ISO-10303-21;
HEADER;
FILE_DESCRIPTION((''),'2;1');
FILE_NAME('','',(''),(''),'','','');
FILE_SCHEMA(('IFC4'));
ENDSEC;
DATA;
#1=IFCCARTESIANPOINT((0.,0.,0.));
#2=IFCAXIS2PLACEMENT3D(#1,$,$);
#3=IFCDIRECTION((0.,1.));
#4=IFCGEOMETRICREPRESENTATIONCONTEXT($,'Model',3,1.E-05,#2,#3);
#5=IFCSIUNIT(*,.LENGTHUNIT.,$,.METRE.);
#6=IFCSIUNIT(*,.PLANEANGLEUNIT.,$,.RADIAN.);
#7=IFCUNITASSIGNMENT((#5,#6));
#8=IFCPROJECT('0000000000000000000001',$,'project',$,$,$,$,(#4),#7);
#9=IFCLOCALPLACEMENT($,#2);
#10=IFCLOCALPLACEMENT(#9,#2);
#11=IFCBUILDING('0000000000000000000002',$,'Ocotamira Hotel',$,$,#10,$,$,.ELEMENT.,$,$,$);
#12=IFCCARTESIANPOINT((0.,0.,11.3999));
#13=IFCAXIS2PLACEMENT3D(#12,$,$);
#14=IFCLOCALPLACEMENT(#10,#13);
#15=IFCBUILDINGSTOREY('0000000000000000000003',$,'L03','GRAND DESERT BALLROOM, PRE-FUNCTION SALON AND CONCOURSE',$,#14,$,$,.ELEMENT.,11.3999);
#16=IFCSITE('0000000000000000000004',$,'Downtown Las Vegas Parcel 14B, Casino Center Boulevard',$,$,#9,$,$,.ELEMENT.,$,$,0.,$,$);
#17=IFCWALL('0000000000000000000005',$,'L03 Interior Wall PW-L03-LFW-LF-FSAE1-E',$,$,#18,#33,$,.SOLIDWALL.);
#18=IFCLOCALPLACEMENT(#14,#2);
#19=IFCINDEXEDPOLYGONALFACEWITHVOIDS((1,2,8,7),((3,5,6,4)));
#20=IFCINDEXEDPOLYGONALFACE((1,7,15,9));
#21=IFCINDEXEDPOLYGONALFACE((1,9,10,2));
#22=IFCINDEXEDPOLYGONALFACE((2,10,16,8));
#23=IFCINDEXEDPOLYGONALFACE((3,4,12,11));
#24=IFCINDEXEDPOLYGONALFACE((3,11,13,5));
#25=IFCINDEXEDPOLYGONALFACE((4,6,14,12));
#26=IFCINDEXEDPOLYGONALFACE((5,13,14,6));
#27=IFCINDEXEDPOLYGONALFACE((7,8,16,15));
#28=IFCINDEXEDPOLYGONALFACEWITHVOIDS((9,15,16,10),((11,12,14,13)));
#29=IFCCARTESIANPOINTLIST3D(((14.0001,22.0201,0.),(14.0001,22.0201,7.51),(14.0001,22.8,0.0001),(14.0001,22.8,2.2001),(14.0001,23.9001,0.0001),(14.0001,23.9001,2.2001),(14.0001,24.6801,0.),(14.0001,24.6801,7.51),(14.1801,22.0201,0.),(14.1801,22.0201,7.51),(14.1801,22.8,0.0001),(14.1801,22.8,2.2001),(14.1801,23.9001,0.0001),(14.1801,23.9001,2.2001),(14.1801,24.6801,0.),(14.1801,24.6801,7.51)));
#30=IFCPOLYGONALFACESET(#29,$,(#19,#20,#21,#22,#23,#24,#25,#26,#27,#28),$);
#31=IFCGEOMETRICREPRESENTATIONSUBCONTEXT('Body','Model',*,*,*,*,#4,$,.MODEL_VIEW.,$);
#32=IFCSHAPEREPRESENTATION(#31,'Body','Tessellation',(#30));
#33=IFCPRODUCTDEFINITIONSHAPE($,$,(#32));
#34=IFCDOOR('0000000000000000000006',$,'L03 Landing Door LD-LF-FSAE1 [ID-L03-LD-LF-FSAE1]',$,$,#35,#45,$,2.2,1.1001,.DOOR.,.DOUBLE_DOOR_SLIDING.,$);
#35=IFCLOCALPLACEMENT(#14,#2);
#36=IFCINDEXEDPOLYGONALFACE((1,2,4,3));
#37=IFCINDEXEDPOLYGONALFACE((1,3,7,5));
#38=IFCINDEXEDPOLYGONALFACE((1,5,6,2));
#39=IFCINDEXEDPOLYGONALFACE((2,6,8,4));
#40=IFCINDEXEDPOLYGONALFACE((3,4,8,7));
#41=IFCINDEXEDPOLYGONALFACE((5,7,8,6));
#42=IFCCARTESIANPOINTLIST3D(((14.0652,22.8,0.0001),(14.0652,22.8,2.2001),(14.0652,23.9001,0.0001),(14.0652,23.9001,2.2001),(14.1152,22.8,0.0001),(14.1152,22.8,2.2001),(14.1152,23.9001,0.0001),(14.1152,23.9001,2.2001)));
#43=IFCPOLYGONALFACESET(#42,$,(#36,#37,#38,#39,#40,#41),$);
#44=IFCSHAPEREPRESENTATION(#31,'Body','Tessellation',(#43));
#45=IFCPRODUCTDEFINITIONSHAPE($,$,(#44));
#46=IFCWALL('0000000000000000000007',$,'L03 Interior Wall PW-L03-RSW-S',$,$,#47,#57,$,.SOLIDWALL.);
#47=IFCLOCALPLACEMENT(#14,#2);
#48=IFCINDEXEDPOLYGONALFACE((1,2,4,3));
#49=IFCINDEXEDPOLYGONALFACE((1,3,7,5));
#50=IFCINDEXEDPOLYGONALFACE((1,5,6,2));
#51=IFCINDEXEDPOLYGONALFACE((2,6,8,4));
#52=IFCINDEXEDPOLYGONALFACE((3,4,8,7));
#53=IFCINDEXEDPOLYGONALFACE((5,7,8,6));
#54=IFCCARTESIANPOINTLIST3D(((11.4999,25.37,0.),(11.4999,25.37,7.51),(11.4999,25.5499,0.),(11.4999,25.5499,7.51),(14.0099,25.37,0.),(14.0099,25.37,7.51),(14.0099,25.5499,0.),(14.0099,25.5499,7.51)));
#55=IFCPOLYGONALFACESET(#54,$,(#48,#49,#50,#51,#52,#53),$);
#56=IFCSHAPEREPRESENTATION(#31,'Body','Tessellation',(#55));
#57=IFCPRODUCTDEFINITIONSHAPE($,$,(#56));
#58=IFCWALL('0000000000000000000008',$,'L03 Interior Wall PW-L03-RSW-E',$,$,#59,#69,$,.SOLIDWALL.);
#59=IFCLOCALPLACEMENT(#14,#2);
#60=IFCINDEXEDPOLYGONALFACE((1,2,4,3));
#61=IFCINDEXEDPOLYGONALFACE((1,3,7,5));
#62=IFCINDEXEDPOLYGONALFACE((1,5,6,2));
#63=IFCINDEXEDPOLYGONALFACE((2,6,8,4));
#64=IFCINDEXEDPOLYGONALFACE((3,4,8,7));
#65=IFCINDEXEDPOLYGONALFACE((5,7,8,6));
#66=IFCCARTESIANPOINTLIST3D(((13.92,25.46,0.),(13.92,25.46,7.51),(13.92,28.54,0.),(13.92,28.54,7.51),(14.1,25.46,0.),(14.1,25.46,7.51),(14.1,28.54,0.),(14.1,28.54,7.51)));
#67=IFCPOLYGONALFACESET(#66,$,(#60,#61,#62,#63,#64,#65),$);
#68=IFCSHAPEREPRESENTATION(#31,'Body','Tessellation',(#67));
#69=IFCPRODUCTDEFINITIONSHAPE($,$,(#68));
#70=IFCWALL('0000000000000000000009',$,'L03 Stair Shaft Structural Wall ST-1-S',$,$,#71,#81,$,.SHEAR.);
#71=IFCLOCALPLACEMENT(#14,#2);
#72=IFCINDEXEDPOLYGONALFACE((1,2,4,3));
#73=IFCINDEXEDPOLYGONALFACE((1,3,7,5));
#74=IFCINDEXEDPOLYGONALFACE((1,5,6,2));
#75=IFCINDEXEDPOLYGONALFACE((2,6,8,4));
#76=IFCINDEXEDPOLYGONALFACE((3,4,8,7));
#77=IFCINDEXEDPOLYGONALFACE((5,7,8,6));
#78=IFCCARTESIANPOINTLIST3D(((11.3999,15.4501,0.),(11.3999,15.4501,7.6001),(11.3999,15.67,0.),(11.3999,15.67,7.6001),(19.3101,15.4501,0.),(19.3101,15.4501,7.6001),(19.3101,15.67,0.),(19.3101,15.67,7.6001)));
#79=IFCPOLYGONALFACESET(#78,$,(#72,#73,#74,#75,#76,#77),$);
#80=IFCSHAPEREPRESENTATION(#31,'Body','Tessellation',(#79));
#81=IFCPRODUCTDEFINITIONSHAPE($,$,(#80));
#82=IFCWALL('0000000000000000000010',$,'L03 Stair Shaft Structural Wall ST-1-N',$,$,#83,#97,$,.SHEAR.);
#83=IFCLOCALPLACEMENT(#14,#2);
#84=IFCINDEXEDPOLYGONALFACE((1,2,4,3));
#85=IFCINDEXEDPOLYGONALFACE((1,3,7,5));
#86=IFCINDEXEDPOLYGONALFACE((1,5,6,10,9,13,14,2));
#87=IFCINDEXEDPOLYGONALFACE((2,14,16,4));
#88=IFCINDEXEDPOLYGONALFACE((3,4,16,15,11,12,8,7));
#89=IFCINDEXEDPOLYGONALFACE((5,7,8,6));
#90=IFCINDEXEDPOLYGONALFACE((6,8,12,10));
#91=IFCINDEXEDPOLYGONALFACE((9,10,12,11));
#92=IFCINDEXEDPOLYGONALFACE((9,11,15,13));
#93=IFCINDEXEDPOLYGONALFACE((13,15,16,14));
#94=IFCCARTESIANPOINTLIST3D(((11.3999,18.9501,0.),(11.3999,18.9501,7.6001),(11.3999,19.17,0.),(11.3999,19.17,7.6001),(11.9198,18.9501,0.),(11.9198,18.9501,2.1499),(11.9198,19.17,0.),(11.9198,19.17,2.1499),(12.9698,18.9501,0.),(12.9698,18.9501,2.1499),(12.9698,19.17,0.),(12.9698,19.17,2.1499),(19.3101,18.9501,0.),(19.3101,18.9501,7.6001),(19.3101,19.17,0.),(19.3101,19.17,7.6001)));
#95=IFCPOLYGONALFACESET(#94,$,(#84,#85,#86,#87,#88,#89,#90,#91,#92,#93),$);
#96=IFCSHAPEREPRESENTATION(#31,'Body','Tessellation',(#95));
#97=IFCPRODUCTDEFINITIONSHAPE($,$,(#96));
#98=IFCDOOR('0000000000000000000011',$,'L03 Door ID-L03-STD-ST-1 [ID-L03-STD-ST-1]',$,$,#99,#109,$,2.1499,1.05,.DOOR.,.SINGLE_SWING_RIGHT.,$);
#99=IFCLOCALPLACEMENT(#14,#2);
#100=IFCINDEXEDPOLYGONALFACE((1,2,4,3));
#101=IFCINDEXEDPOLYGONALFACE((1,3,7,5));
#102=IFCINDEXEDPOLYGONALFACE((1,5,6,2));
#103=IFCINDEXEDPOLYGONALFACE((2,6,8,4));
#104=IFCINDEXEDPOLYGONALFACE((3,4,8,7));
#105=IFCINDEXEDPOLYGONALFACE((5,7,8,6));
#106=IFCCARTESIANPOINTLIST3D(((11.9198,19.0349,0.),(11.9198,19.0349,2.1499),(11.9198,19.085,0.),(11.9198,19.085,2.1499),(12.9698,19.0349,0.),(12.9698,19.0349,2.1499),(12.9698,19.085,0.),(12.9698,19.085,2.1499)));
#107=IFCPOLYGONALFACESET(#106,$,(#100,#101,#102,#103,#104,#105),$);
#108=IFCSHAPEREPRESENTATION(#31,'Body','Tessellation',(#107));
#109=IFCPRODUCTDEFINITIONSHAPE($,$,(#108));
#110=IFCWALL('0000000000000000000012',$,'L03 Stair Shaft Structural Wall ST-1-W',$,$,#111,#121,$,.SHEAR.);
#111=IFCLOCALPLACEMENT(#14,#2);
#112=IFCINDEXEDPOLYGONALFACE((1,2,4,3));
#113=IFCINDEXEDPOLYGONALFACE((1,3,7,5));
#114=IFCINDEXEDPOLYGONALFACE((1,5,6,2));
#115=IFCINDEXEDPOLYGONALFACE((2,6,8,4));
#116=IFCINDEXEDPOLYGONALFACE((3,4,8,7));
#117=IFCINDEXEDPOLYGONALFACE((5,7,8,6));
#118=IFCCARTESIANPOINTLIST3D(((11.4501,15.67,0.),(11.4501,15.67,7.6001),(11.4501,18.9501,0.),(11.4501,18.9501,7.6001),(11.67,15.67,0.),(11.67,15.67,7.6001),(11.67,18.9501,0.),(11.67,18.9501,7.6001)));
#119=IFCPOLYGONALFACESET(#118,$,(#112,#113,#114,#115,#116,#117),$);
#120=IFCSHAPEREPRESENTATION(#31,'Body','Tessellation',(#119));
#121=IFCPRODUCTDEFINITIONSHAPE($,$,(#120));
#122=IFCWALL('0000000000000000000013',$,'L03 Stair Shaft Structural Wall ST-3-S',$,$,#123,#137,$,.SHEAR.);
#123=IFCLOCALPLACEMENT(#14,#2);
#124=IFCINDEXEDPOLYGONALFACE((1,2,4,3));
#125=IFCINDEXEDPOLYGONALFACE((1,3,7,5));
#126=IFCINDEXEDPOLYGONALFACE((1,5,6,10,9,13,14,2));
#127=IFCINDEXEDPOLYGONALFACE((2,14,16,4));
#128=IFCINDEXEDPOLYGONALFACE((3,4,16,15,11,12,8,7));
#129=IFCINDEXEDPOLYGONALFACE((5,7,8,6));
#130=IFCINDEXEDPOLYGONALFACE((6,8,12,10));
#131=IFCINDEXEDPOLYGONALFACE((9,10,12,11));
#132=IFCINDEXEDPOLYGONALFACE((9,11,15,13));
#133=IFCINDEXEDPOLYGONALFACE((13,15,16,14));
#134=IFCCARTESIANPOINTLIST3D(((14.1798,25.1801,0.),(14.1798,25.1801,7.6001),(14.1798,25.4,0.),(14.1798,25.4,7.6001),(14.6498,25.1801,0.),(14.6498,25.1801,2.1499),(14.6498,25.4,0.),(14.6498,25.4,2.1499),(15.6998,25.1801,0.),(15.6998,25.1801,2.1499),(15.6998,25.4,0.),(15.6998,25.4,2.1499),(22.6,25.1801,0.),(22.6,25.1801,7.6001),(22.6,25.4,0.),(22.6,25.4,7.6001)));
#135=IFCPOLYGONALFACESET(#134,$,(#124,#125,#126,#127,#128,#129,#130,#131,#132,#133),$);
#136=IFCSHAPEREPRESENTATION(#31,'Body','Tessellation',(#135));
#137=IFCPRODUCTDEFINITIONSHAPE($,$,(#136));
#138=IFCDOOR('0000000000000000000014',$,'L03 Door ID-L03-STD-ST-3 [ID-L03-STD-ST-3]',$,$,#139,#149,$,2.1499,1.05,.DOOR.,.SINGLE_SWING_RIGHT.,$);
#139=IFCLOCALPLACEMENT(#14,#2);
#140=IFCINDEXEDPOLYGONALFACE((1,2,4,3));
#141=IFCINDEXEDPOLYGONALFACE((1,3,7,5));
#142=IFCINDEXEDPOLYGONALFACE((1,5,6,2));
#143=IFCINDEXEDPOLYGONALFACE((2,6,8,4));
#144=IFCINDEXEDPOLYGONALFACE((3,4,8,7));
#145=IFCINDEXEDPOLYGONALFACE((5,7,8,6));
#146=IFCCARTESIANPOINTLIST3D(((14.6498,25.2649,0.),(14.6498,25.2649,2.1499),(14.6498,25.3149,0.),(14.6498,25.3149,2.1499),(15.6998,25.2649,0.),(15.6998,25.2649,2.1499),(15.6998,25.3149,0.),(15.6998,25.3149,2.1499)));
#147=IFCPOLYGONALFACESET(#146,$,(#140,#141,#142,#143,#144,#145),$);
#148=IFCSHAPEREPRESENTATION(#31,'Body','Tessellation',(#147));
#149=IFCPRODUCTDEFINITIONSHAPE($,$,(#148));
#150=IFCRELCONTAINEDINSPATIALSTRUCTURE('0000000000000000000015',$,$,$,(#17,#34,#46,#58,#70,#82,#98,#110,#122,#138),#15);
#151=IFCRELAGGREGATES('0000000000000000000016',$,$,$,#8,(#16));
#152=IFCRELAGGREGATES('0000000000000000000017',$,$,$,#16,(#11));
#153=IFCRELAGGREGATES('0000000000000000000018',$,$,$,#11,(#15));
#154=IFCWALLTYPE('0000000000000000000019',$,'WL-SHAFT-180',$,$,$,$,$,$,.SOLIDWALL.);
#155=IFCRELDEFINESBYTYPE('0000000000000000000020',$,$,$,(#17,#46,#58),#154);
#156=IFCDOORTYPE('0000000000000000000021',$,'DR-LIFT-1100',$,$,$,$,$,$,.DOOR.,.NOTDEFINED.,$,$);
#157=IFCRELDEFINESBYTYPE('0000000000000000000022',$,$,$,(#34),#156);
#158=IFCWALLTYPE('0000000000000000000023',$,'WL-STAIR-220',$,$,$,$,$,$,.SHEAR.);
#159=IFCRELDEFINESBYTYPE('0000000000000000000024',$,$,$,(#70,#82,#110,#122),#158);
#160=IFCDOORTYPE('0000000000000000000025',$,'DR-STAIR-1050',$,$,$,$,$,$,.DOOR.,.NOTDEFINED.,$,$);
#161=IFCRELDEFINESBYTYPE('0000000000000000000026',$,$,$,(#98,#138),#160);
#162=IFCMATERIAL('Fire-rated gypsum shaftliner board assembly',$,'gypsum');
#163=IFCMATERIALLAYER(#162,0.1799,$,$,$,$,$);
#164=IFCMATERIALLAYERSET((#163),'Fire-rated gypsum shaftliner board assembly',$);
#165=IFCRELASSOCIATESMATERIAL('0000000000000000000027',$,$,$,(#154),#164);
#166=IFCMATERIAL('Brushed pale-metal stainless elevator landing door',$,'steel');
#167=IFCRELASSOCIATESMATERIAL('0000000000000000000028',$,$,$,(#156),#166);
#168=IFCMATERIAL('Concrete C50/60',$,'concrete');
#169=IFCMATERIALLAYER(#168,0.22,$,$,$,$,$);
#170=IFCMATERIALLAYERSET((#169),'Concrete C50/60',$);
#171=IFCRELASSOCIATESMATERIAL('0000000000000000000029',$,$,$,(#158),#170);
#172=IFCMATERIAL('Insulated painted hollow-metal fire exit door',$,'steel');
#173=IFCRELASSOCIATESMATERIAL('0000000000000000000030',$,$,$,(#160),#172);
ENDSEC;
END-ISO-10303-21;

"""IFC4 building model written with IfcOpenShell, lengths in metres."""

from ifc_helpers import new_model, si_unit, direction, frame, frame_2d, origin, place, context, subcontext, project, spatial, rectangle, extrude, source, transform, mapped, material, layer, layer_set, type_object, element, fill, save


model = new_model("IFC4")

# Units and contexts
model_context = context("Model", 3, precision=1e-05, world=origin(), true_north=direction((0.0, 1.0)))
body_context = subcontext(model_context, "Body", "Model", "MODEL_VIEW")
ifc_project = project(units=[si_unit("LENGTHUNIT", "METRE"), si_unit("PLANEANGLEUNIT", "RADIAN")], contexts=[model_context])

# Site, building, storey
site_placement = place(None, origin())
site = spatial("IfcSite", under=ifc_project, at=site_placement, Name="Downtown Las Vegas Parcel 14B, Casino Center Boulevard", CompositionType="ELEMENT", RefElevation=0.0)
building_placement = place(site_placement, origin())
building = spatial("IfcBuilding", under=site, at=building_placement, Name="Ocotamira Hotel", CompositionType="ELEMENT")
storey_placement = place(building_placement, frame((0.0, 0.0, 11.3999)))
storey = spatial("IfcBuildingStorey", under=building, at=storey_placement, Name="L03", Description="GRAND DESERT BALLROOM, PRE-FUNCTION SALON AND CONCOURSE", CompositionType="ELEMENT", Elevation=11.3999)

# Shared definitions
ifc_material_1 = material(Name="Concrete C50/60", Category="concrete")

# Shared definitions
ifc_material_2 = material(Name="Fire-rated gypsum shaftliner board assembly", Category="gypsum")
ifc_layer_1 = layer(ifc_material_2, 0.1799)
ifc_layer_set_1 = layer_set([ifc_layer_1], Name="Fire-rated gypsum shaftliner board assembly")
wall_type_1 = type_object("IfcWallType", Name="WL-SHAFT-180", PredefinedType="SOLIDWALL", material=ifc_layer_set_1)

# Wall, opening, door
wall_1_placement = place(storey_placement, frame((14.0901, 22.02, 0.0), z_axis=(0.0, 0.0, 1.0), x_axis=(0.0, 1.0, 0.0)))
wall_1 = element("IfcWall", 1, at=wall_1_placement, inside=storey, type_object=wall_type_1, Name="L03 Interior Wall PW-L03-LFW-LF-FSAE1-E", PredefinedType="SOLIDWALL", context=body_context, shape_type="SweptSolid", body=[
    extrude(rectangle(XDim=2.6599, YDim=0.1799, at=frame_2d((1.3301, 0.0))), origin(), (0.0, 0.0, 1.0), 7.51),
])
opening_1_placement = place(wall_1_placement, frame((0.78, 0.0, 0.0)))
opening_1 = element("IfcOpeningElement", 2, at=opening_1_placement, cuts=wall_1, PredefinedType="OPENING", context=body_context, shape_type="SweptSolid", body=[
    extrude(rectangle(XDim=1.1001, YDim=2.2, at=frame_2d((0.55, 1.1001))), frame((0.0, 0.1001, 0.0), z_axis=(0.0, -1.0, 0.0), x_axis=(1.0, 0.0, 0.0)), (0.0, 0.0, 1.0), 0.2),
])
ifc_material_3 = material(Name="Brushed pale-metal stainless elevator landing door", Category="steel")
door_type_1 = type_object("IfcDoorType", Name="DR-LIFT-1100", OperationType="NOTDEFINED", PredefinedType="DOOR", material=ifc_material_3)
shared_shape_1 = source(origin(), body_context, "Body", "SweptSolid", [
    extrude(rectangle(XDim=1.1001, YDim=2.2, at=frame_2d((0.55, 1.1001))), frame((0.0, 0.0249, 0.0), z_axis=(0.0, -1.0, 0.0), x_axis=(1.0, 0.0, 0.0)), (0.0, 0.0, 1.0), 0.05),
])
door_1_placement = place(opening_1_placement, origin())
door_1 = element("IfcDoor", 3, at=door_1_placement, inside=storey, type_object=door_type_1, Name="L03 Landing Door LD-LF-FSAE1 [ID-L03-LD-LF-FSAE1]", OperationType="DOUBLE_DOOR_SLIDING", OverallHeight=2.2, OverallWidth=1.1001, PredefinedType="DOOR", context=body_context, shape_type="MappedRepresentation", body=[
    mapped(shared_shape_1, transform((0.0, 0.0, 0.0), scale=1.0)),
])
fill(opening_1, door_1)

# Walls
wall_2_placement = place(storey_placement, frame((11.5, 25.46, 0.0), z_axis=(0.0, 0.0, 1.0), x_axis=(1.0, 0.0, 0.0)))
element("IfcWall", 4, at=wall_2_placement, inside=storey, type_object=wall_type_1, Name="L03 Interior Wall PW-L03-RSW-S", PredefinedType="SOLIDWALL", context=body_context, shape_type="SweptSolid", body=[
    extrude(rectangle(XDim=2.51, YDim=0.1799, at=frame_2d((1.2549, 0.0))), origin(), (0.0, 0.0, 1.0), 7.51),
])
wall_3_placement = place(storey_placement, frame((14.01, 25.46, 0.0), z_axis=(0.0, 0.0, 1.0), x_axis=(0.0, 1.0, 0.0)))
element("IfcWall", 5, at=wall_3_placement, inside=storey, type_object=wall_type_1, Name="L03 Interior Wall PW-L03-RSW-E", PredefinedType="SOLIDWALL", context=body_context, shape_type="SweptSolid", body=[
    extrude(rectangle(XDim=3.0801, YDim=0.1799, at=frame_2d((1.54, 0.0))), origin(), (0.0, 0.0, 1.0), 7.51),
])
ifc_layer_2 = layer(ifc_material_1, 0.22)
ifc_layer_set_2 = layer_set([ifc_layer_2], Name="Concrete C50/60")
wall_type_2 = type_object("IfcWallType", Name="WL-STAIR-220", PredefinedType="SHEAR", material=ifc_layer_set_2)
wall_4_placement = place(storey_placement, frame((11.3999, 15.5601, 0.0), z_axis=(0.0, 0.0, 1.0), x_axis=(1.0, 0.0, 0.0)))
element("IfcWall", 6, at=wall_4_placement, inside=storey, type_object=wall_type_2, Name="L03 Stair Shaft Structural Wall ST-1-S", PredefinedType="SHEAR", context=body_context, shape_type="SweptSolid", body=[
    extrude(rectangle(XDim=7.9102, YDim=0.22, at=frame_2d((3.9551, 0.0))), origin(), (0.0, 0.0, 1.0), 7.6001),
])

# Wall, opening, door
wall_5_placement = place(storey_placement, frame((11.3999, 19.0601, 0.0), z_axis=(0.0, 0.0, 1.0), x_axis=(1.0, 0.0, 0.0)))
wall_5 = element("IfcWall", 7, at=wall_5_placement, inside=storey, type_object=wall_type_2, Name="L03 Stair Shaft Structural Wall ST-1-N", PredefinedType="SHEAR", context=body_context, shape_type="SweptSolid", body=[
    extrude(rectangle(XDim=7.9102, YDim=0.22, at=frame_2d((3.9551, 0.0))), origin(), (0.0, 0.0, 1.0), 7.6001),
])
opening_2_placement = place(wall_5_placement, frame((0.52, 0.0, 0.0)))
opening_2 = element("IfcOpeningElement", 8, at=opening_2_placement, cuts=wall_5, PredefinedType="OPENING", context=body_context, shape_type="SweptSolid", body=[
    extrude(rectangle(XDim=1.05, YDim=2.1499, at=frame_2d((0.5249, 1.075))), frame((0.0, 0.1201, 0.0), z_axis=(0.0, -1.0, 0.0), x_axis=(1.0, 0.0, 0.0)), (0.0, 0.0, 1.0), 0.24),
])
ifc_material_4 = material(Name="Insulated painted hollow-metal fire exit door", Category="steel")
door_type_2 = type_object("IfcDoorType", Name="DR-STAIR-1050", OperationType="NOTDEFINED", PredefinedType="DOOR", material=ifc_material_4)
shared_shape_2 = source(origin(), body_context, "Body", "SweptSolid", [
    extrude(rectangle(XDim=1.05, YDim=2.1499, at=frame_2d((0.5249, 1.075))), frame((0.0, 0.0249, 0.0), z_axis=(0.0, -1.0, 0.0), x_axis=(1.0, 0.0, 0.0)), (0.0, 0.0, 1.0), 0.05),
])
door_2_placement = place(opening_2_placement, origin())
door_2 = element("IfcDoor", 9, at=door_2_placement, inside=storey, type_object=door_type_2, Name="L03 Door ID-L03-STD-ST-1 [ID-L03-STD-ST-1]", OperationType="SINGLE_SWING_RIGHT", OverallHeight=2.1499, OverallWidth=1.05, PredefinedType="DOOR", context=body_context, shape_type="MappedRepresentation", body=[
    mapped(shared_shape_2, transform((0.0, 0.0, 0.0), scale=1.0)),
])
fill(opening_2, door_2)

# Wall
wall_6_placement = place(storey_placement, frame((11.5601, 15.6699, 0.0), z_axis=(0.0, 0.0, 1.0), x_axis=(0.0, 1.0, 0.0)))
element("IfcWall", 10, at=wall_6_placement, inside=storey, type_object=wall_type_2, Name="L03 Stair Shaft Structural Wall ST-1-W", PredefinedType="SHEAR", context=body_context, shape_type="SweptSolid", body=[
    extrude(rectangle(XDim=3.28, YDim=0.22, at=frame_2d((1.6401, 0.0))), origin(), (0.0, 0.0, 1.0), 7.6001),
])

# Wall, opening, door
wall_7_placement = place(storey_placement, frame((14.1799, 25.29, 0.0), z_axis=(0.0, 0.0, 1.0), x_axis=(1.0, 0.0, 0.0)))
wall_7 = element("IfcWall", 11, at=wall_7_placement, inside=storey, type_object=wall_type_2, Name="L03 Stair Shaft Structural Wall ST-3-S", PredefinedType="SHEAR", context=body_context, shape_type="SweptSolid", body=[
    extrude(rectangle(XDim=8.4202, YDim=0.22, at=frame_2d((4.21, 0.0))), origin(), (0.0, 0.0, 1.0), 7.6001),
])
opening_3_placement = place(wall_7_placement, frame((0.47, 0.0, 0.0)))
opening_3 = element("IfcOpeningElement", 12, at=opening_3_placement, cuts=wall_7, PredefinedType="OPENING", context=body_context, shape_type="SweptSolid", body=[
    extrude(rectangle(XDim=1.05, YDim=2.1499, at=frame_2d((0.5249, 1.075))), frame((0.0, 0.1201, 0.0), z_axis=(0.0, -1.0, 0.0), x_axis=(1.0, 0.0, 0.0)), (0.0, 0.0, 1.0), 0.24),
])
door_3_placement = place(opening_3_placement, origin())
door_3 = element("IfcDoor", 13, at=door_3_placement, inside=storey, type_object=door_type_2, Name="L03 Door ID-L03-STD-ST-3 [ID-L03-STD-ST-3]", OperationType="SINGLE_SWING_RIGHT", OverallHeight=2.1499, OverallWidth=1.05, PredefinedType="DOOR", context=body_context, shape_type="MappedRepresentation", body=[
    mapped(shared_shape_2, transform((0.0, 0.0, 0.0), scale=1.0)),
])
fill(opening_3, door_3)

save(model, "model.ifc")
